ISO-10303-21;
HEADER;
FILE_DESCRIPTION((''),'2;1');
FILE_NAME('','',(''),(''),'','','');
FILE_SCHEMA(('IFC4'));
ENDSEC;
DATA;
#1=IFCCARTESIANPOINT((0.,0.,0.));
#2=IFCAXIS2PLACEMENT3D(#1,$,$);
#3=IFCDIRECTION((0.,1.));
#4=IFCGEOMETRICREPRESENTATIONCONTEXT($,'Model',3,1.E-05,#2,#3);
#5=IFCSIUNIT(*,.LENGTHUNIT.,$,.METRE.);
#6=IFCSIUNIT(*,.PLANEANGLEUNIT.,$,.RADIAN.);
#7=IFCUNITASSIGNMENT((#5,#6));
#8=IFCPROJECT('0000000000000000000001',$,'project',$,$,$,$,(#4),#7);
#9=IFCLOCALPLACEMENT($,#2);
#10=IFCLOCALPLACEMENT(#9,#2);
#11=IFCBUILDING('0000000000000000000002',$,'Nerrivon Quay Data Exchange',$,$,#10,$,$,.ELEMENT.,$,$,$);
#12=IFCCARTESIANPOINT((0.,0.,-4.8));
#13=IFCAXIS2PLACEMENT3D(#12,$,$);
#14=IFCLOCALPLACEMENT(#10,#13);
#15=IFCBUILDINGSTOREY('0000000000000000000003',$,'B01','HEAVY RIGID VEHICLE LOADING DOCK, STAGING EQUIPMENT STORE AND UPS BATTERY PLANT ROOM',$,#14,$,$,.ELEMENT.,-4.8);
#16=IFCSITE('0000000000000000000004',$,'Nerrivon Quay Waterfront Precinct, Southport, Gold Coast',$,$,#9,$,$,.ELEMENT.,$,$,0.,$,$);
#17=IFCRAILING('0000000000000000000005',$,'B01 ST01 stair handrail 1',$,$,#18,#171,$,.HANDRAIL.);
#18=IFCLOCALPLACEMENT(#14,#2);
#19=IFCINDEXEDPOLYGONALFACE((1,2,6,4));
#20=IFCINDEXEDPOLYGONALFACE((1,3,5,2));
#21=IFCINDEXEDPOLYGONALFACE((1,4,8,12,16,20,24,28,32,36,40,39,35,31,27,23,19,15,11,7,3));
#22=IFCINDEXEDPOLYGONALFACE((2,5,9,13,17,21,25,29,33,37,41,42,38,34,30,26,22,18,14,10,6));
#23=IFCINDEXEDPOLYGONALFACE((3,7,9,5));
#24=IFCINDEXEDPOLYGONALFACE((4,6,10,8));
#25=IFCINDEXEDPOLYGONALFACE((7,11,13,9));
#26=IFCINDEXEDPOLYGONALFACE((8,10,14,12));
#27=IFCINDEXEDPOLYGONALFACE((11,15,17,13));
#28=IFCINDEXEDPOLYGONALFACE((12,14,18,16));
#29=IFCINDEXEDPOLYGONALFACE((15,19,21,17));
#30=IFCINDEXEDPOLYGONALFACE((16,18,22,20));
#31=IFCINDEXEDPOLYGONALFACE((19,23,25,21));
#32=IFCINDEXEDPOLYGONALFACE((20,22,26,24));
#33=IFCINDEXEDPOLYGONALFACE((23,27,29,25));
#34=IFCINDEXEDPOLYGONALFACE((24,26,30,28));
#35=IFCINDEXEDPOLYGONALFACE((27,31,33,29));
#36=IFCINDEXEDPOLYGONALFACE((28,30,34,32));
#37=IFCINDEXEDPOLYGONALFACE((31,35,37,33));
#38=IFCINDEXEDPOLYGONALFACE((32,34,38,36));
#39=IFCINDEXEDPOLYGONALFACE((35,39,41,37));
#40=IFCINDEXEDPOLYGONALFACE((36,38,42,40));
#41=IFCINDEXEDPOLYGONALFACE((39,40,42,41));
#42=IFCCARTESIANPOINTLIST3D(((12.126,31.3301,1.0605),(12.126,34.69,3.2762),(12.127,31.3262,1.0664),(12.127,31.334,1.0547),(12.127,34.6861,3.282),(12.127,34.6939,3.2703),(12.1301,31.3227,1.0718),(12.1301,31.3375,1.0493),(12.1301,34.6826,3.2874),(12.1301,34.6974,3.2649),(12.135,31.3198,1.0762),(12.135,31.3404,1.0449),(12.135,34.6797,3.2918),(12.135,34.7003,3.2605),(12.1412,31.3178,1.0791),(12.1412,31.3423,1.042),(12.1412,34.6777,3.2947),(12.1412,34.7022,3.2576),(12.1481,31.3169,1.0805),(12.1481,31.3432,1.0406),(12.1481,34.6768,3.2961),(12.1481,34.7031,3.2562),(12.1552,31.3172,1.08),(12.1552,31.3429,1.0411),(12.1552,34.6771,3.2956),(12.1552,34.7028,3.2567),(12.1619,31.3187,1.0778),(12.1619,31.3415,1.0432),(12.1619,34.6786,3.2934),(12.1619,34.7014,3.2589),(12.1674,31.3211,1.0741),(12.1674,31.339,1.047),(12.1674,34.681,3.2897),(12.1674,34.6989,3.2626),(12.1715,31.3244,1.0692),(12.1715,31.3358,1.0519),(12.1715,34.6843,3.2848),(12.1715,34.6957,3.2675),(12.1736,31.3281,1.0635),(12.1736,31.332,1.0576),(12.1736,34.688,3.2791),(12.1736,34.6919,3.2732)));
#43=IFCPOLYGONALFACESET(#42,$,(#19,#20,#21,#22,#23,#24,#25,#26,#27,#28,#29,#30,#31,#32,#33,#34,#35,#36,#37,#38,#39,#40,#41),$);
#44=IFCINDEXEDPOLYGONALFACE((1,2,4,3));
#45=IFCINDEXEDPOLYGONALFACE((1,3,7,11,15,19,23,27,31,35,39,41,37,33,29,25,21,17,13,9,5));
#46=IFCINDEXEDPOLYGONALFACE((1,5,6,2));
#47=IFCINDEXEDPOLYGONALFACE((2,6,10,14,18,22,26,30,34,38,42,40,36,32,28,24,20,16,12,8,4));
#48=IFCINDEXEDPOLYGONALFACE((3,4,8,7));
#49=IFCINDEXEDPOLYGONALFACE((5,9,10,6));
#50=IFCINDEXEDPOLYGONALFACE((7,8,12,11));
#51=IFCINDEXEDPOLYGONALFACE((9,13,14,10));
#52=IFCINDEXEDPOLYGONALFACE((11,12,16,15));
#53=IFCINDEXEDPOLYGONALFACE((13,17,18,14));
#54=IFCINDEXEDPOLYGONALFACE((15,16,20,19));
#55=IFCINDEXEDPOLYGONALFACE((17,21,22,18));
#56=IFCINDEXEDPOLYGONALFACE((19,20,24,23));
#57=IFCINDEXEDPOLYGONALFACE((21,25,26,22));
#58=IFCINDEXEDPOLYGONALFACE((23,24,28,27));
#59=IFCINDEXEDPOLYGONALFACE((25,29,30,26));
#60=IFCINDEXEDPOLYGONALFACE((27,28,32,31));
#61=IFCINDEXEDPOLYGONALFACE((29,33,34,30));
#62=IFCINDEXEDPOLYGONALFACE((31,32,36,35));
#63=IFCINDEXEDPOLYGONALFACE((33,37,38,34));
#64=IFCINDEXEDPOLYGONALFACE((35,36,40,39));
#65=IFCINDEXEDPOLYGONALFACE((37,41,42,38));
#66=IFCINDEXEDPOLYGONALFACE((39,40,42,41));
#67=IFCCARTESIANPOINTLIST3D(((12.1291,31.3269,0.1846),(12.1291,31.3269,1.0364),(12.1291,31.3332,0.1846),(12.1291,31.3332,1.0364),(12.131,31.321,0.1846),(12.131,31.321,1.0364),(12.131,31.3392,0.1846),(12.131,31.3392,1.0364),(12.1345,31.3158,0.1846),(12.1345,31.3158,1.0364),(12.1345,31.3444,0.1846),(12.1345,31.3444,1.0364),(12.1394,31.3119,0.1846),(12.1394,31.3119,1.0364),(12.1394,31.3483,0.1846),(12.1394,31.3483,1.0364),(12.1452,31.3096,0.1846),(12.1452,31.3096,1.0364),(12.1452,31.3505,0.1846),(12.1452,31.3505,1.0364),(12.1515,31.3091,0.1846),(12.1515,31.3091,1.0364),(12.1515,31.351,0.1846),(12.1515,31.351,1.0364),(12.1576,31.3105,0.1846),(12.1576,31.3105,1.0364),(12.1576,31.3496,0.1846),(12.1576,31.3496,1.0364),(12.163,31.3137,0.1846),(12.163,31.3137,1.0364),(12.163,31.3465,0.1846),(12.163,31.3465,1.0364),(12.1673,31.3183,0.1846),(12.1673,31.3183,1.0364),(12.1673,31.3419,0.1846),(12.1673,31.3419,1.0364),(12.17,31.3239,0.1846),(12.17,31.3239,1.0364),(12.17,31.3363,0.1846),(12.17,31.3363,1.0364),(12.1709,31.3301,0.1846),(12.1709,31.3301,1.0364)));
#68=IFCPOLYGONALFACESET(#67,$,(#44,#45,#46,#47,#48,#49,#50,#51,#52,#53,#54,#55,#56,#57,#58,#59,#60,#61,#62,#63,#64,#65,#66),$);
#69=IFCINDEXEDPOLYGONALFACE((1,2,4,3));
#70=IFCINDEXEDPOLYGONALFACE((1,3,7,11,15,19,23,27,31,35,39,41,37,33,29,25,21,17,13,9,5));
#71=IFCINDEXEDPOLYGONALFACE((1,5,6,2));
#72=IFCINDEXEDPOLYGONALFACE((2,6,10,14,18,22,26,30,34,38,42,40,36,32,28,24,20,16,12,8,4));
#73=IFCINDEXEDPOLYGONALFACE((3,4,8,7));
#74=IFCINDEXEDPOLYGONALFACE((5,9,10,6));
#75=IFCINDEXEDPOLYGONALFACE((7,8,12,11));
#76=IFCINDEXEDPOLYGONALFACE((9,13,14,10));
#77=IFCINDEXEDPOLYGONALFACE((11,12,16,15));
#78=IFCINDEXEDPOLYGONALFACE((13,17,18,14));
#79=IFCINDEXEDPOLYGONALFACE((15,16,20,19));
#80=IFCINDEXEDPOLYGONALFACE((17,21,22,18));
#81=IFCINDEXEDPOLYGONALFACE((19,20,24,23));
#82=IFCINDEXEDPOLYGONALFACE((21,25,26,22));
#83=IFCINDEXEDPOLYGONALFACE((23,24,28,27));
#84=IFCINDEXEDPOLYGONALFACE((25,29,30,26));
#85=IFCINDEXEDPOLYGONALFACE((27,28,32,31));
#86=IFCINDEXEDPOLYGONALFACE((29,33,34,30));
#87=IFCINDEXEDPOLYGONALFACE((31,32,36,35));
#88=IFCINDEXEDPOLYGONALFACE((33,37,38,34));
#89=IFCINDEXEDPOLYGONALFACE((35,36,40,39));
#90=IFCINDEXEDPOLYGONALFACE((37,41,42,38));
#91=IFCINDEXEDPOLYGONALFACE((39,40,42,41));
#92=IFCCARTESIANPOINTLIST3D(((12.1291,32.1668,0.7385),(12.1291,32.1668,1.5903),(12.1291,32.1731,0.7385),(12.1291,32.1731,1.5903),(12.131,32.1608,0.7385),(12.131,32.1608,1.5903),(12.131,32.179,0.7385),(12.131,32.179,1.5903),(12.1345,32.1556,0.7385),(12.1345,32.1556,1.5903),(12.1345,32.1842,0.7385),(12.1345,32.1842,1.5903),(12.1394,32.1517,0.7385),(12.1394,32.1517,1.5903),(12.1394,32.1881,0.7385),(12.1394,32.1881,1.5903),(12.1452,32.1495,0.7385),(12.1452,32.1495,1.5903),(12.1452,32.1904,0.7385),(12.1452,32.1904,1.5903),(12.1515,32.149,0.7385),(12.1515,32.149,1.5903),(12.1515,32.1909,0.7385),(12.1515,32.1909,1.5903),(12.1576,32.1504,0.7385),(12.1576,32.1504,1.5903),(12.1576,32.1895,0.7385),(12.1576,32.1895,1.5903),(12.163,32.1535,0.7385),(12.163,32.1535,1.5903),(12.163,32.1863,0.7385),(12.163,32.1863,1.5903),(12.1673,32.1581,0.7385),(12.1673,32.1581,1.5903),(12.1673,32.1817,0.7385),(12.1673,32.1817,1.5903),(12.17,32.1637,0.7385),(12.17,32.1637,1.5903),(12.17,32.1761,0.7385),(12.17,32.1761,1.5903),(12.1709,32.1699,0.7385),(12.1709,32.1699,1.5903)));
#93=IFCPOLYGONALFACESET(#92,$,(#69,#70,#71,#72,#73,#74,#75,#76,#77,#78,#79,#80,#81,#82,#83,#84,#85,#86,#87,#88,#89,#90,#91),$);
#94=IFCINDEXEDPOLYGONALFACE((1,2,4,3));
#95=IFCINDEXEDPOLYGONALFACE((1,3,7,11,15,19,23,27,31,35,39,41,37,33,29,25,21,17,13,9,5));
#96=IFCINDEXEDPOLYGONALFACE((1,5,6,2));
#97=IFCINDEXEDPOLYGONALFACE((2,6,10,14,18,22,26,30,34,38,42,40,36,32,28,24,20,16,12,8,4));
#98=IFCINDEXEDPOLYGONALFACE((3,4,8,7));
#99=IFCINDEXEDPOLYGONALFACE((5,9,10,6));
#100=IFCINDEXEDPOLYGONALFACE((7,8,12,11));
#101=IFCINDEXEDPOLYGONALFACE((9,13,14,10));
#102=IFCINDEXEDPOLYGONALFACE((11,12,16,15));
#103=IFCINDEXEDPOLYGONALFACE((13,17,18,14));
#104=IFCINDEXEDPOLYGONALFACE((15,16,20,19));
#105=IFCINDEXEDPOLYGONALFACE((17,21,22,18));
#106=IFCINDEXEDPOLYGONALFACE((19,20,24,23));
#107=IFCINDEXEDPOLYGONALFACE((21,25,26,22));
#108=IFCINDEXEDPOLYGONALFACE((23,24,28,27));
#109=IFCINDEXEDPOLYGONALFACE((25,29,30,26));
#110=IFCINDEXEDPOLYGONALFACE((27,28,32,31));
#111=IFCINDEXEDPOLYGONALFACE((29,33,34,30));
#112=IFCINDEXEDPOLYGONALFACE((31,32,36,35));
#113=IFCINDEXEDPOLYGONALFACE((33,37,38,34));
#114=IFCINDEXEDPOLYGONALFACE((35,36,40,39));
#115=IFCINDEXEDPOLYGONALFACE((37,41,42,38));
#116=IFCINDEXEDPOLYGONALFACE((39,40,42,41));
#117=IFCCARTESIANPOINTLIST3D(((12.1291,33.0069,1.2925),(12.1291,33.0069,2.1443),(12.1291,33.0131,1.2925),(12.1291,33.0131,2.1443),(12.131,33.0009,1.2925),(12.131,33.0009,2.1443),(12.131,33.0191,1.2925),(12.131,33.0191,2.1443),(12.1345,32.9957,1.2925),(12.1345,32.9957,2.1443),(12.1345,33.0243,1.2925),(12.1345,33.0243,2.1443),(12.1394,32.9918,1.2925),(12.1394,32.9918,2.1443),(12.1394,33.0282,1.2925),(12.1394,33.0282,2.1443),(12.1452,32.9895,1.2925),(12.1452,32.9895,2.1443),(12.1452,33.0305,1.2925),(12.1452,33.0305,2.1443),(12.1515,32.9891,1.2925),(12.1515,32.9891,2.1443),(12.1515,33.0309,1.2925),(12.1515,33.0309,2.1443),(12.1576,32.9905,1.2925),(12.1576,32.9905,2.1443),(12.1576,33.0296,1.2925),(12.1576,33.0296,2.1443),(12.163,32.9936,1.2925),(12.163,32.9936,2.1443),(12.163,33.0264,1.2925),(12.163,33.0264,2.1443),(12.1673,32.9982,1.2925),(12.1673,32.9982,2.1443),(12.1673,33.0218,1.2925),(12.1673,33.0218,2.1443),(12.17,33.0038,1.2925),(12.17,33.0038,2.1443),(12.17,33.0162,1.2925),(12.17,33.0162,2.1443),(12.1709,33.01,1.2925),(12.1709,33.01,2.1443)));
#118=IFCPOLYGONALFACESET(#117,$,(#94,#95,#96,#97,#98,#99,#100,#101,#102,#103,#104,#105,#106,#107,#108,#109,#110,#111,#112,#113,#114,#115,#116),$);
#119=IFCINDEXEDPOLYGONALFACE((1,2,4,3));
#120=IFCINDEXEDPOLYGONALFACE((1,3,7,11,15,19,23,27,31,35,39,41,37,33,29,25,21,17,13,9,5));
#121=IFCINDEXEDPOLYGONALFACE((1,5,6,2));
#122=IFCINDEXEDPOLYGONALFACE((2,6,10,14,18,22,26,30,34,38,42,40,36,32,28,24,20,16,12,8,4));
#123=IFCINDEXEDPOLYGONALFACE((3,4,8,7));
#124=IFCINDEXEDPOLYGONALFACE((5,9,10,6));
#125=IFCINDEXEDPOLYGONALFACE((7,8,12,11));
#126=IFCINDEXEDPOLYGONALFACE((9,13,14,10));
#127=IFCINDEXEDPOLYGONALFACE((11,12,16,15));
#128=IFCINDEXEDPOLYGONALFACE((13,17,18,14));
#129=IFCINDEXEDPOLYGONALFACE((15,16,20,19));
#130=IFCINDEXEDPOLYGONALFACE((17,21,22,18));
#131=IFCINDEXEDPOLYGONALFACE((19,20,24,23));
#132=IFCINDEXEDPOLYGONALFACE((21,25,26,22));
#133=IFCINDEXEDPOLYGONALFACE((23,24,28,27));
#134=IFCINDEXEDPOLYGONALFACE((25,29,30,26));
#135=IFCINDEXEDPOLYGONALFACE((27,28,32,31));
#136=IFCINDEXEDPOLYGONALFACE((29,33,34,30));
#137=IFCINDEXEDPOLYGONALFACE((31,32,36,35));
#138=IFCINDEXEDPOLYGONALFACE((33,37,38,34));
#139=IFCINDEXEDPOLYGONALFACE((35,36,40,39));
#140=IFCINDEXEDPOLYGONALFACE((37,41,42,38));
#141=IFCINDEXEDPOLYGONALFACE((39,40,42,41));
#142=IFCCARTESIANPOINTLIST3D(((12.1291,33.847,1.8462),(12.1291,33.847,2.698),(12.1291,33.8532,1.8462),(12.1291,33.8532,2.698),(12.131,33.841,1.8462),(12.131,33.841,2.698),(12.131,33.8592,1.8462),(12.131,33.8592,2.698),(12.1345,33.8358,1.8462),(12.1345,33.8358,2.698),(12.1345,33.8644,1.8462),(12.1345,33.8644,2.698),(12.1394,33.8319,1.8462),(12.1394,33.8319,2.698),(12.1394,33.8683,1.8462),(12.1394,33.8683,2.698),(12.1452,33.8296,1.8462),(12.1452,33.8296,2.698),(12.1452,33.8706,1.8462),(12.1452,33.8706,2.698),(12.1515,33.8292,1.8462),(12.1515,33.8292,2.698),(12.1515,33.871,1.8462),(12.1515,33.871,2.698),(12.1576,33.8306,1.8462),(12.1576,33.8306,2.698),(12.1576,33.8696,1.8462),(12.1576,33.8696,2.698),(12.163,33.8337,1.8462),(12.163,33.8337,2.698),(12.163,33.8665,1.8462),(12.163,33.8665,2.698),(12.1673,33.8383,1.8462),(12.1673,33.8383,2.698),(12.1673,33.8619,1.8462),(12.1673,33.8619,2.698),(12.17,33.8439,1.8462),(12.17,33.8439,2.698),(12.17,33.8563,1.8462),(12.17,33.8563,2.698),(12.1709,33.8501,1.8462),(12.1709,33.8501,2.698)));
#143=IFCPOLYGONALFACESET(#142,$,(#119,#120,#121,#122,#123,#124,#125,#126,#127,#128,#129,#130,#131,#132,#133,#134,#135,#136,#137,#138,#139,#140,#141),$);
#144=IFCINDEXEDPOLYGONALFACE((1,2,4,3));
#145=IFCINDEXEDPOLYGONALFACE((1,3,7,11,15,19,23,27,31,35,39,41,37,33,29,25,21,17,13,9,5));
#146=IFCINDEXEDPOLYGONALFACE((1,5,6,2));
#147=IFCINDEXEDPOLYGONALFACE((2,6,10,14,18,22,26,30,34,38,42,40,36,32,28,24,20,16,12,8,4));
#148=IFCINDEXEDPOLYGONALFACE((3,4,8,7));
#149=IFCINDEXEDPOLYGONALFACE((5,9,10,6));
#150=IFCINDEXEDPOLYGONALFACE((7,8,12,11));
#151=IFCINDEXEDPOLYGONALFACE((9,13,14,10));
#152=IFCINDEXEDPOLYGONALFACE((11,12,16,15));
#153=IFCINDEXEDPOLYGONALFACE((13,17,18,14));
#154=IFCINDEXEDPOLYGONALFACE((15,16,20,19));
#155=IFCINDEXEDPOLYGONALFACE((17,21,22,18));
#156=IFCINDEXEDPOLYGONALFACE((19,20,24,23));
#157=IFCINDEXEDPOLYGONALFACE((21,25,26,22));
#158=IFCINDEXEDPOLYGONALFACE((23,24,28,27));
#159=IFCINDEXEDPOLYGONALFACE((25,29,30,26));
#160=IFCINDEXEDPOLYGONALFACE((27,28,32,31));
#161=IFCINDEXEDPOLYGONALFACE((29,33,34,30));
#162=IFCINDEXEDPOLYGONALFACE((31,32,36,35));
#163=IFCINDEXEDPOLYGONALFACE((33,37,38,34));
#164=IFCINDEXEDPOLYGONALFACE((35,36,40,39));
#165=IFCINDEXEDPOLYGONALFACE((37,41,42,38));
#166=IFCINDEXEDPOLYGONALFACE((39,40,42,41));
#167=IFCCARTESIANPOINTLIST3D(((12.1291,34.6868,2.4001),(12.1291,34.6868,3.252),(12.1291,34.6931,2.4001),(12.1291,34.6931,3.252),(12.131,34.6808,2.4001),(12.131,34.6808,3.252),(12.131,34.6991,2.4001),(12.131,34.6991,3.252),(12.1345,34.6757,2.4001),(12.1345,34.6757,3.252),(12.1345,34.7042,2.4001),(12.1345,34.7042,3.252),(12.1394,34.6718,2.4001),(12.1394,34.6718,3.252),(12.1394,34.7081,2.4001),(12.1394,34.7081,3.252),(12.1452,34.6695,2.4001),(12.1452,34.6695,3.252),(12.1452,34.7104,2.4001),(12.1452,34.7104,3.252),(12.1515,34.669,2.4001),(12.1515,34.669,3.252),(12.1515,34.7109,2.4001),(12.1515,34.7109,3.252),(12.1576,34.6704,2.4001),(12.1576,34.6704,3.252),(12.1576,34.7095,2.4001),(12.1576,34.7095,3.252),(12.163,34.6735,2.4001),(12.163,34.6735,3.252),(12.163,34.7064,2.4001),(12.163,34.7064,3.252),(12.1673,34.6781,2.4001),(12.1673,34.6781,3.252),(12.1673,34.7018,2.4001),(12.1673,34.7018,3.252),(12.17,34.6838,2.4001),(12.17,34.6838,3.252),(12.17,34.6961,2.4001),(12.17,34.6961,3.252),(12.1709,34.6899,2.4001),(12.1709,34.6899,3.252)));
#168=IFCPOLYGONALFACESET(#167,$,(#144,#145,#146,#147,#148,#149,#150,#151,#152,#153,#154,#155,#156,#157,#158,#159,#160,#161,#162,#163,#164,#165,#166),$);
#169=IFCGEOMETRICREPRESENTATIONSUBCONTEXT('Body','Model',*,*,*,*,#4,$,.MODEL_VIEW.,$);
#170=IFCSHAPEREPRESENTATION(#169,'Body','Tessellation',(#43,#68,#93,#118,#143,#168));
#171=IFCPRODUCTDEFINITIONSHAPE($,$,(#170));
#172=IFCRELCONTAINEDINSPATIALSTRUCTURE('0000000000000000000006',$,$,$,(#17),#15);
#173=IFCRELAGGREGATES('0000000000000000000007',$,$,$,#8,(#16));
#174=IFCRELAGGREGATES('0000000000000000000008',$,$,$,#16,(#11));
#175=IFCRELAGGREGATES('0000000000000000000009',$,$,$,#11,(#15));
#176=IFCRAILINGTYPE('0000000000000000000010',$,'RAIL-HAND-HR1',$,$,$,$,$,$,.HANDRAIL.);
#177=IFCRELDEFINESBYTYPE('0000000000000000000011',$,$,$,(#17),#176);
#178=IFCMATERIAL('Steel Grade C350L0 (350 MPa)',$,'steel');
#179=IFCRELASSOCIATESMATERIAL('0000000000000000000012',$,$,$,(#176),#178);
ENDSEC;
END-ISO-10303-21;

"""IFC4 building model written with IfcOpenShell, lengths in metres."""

from ifc_helpers import new_model, si_unit, direction, frame, origin, origin_2d, place, context, subcontext, project, spatial, circle, extrude, material, type_object, element, save


model = new_model("IFC4")

# Units and contexts
model_context = context("Model", 3, precision=1e-05, world=origin(), true_north=direction((0.0, 1.0)))
body_context = subcontext(model_context, "Body", "Model", "MODEL_VIEW")
ifc_project = project(units=[si_unit("LENGTHUNIT", "METRE"), si_unit("PLANEANGLEUNIT", "RADIAN")], contexts=[model_context])

# Site, building, storey
site_placement = place(None, origin())
site = spatial("IfcSite", under=ifc_project, at=site_placement, Name="Nerrivon Quay Waterfront Precinct, Southport, Gold Coast", CompositionType="ELEMENT", RefElevation=0.0)
building_placement = place(site_placement, origin())
building = spatial("IfcBuilding", under=site, at=building_placement, Name="Nerrivon Quay Data Exchange", CompositionType="ELEMENT")
storey_placement = place(building_placement, frame((0.0, 0.0, -4.8)))
storey = spatial("IfcBuildingStorey", under=building, at=storey_placement, Name="B01", Description="HEAVY RIGID VEHICLE LOADING DOCK, STAGING EQUIPMENT STORE AND UPS BATTERY PLANT ROOM", CompositionType="ELEMENT", Elevation=-4.8)

# Railing
ifc_material_1 = material(Name="Steel Grade C350L0 (350 MPa)", Category="steel")
railing_type_1 = type_object("IfcRailingType", Name="RAIL-HAND-HR1", PredefinedType="HANDRAIL", material=ifc_material_1)
railing_1_placement = place(storey_placement, frame((12.1499, 31.3301, 0.1846)))
element("IfcRailing", 1, at=railing_1_placement, inside=storey, type_object=railing_type_1, Name="B01 ST01 stair handrail 1", PredefinedType="HANDRAIL", context=body_context, shape_type="SweptSolid", body=[
    extrude(circle(Radius=0.0239, at=origin_2d()), frame((0.0, 0.0, 0.876), z_axis=(0.0, 0.83483, 0.550508), x_axis=(-1.0, 0.0, 0.0)), (0.0, 0.0, 1.0), 4.0247),
    extrude(circle(Radius=0.021, at=origin_2d()), origin(), (0.0, 0.0, 1.0), 0.8518),
    extrude(circle(Radius=0.021, at=origin_2d()), frame((0.0, 0.8398, 0.554)), (0.0, 0.0, 1.0), 0.8518),
    extrude(circle(Radius=0.021, at=origin_2d()), frame((0.0, 1.6799, 1.1079)), (0.0, 0.0, 1.0), 0.8518),
    extrude(circle(Radius=0.021, at=origin_2d()), frame((0.0, 2.52, 1.6616)), (0.0, 0.0, 1.0), 0.8518),
    extrude(circle(Radius=0.021, at=origin_2d()), frame((0.0, 3.3599, 2.2156)), (0.0, 0.0, 1.0), 0.8518),
])

save(model, "model.ifc")
